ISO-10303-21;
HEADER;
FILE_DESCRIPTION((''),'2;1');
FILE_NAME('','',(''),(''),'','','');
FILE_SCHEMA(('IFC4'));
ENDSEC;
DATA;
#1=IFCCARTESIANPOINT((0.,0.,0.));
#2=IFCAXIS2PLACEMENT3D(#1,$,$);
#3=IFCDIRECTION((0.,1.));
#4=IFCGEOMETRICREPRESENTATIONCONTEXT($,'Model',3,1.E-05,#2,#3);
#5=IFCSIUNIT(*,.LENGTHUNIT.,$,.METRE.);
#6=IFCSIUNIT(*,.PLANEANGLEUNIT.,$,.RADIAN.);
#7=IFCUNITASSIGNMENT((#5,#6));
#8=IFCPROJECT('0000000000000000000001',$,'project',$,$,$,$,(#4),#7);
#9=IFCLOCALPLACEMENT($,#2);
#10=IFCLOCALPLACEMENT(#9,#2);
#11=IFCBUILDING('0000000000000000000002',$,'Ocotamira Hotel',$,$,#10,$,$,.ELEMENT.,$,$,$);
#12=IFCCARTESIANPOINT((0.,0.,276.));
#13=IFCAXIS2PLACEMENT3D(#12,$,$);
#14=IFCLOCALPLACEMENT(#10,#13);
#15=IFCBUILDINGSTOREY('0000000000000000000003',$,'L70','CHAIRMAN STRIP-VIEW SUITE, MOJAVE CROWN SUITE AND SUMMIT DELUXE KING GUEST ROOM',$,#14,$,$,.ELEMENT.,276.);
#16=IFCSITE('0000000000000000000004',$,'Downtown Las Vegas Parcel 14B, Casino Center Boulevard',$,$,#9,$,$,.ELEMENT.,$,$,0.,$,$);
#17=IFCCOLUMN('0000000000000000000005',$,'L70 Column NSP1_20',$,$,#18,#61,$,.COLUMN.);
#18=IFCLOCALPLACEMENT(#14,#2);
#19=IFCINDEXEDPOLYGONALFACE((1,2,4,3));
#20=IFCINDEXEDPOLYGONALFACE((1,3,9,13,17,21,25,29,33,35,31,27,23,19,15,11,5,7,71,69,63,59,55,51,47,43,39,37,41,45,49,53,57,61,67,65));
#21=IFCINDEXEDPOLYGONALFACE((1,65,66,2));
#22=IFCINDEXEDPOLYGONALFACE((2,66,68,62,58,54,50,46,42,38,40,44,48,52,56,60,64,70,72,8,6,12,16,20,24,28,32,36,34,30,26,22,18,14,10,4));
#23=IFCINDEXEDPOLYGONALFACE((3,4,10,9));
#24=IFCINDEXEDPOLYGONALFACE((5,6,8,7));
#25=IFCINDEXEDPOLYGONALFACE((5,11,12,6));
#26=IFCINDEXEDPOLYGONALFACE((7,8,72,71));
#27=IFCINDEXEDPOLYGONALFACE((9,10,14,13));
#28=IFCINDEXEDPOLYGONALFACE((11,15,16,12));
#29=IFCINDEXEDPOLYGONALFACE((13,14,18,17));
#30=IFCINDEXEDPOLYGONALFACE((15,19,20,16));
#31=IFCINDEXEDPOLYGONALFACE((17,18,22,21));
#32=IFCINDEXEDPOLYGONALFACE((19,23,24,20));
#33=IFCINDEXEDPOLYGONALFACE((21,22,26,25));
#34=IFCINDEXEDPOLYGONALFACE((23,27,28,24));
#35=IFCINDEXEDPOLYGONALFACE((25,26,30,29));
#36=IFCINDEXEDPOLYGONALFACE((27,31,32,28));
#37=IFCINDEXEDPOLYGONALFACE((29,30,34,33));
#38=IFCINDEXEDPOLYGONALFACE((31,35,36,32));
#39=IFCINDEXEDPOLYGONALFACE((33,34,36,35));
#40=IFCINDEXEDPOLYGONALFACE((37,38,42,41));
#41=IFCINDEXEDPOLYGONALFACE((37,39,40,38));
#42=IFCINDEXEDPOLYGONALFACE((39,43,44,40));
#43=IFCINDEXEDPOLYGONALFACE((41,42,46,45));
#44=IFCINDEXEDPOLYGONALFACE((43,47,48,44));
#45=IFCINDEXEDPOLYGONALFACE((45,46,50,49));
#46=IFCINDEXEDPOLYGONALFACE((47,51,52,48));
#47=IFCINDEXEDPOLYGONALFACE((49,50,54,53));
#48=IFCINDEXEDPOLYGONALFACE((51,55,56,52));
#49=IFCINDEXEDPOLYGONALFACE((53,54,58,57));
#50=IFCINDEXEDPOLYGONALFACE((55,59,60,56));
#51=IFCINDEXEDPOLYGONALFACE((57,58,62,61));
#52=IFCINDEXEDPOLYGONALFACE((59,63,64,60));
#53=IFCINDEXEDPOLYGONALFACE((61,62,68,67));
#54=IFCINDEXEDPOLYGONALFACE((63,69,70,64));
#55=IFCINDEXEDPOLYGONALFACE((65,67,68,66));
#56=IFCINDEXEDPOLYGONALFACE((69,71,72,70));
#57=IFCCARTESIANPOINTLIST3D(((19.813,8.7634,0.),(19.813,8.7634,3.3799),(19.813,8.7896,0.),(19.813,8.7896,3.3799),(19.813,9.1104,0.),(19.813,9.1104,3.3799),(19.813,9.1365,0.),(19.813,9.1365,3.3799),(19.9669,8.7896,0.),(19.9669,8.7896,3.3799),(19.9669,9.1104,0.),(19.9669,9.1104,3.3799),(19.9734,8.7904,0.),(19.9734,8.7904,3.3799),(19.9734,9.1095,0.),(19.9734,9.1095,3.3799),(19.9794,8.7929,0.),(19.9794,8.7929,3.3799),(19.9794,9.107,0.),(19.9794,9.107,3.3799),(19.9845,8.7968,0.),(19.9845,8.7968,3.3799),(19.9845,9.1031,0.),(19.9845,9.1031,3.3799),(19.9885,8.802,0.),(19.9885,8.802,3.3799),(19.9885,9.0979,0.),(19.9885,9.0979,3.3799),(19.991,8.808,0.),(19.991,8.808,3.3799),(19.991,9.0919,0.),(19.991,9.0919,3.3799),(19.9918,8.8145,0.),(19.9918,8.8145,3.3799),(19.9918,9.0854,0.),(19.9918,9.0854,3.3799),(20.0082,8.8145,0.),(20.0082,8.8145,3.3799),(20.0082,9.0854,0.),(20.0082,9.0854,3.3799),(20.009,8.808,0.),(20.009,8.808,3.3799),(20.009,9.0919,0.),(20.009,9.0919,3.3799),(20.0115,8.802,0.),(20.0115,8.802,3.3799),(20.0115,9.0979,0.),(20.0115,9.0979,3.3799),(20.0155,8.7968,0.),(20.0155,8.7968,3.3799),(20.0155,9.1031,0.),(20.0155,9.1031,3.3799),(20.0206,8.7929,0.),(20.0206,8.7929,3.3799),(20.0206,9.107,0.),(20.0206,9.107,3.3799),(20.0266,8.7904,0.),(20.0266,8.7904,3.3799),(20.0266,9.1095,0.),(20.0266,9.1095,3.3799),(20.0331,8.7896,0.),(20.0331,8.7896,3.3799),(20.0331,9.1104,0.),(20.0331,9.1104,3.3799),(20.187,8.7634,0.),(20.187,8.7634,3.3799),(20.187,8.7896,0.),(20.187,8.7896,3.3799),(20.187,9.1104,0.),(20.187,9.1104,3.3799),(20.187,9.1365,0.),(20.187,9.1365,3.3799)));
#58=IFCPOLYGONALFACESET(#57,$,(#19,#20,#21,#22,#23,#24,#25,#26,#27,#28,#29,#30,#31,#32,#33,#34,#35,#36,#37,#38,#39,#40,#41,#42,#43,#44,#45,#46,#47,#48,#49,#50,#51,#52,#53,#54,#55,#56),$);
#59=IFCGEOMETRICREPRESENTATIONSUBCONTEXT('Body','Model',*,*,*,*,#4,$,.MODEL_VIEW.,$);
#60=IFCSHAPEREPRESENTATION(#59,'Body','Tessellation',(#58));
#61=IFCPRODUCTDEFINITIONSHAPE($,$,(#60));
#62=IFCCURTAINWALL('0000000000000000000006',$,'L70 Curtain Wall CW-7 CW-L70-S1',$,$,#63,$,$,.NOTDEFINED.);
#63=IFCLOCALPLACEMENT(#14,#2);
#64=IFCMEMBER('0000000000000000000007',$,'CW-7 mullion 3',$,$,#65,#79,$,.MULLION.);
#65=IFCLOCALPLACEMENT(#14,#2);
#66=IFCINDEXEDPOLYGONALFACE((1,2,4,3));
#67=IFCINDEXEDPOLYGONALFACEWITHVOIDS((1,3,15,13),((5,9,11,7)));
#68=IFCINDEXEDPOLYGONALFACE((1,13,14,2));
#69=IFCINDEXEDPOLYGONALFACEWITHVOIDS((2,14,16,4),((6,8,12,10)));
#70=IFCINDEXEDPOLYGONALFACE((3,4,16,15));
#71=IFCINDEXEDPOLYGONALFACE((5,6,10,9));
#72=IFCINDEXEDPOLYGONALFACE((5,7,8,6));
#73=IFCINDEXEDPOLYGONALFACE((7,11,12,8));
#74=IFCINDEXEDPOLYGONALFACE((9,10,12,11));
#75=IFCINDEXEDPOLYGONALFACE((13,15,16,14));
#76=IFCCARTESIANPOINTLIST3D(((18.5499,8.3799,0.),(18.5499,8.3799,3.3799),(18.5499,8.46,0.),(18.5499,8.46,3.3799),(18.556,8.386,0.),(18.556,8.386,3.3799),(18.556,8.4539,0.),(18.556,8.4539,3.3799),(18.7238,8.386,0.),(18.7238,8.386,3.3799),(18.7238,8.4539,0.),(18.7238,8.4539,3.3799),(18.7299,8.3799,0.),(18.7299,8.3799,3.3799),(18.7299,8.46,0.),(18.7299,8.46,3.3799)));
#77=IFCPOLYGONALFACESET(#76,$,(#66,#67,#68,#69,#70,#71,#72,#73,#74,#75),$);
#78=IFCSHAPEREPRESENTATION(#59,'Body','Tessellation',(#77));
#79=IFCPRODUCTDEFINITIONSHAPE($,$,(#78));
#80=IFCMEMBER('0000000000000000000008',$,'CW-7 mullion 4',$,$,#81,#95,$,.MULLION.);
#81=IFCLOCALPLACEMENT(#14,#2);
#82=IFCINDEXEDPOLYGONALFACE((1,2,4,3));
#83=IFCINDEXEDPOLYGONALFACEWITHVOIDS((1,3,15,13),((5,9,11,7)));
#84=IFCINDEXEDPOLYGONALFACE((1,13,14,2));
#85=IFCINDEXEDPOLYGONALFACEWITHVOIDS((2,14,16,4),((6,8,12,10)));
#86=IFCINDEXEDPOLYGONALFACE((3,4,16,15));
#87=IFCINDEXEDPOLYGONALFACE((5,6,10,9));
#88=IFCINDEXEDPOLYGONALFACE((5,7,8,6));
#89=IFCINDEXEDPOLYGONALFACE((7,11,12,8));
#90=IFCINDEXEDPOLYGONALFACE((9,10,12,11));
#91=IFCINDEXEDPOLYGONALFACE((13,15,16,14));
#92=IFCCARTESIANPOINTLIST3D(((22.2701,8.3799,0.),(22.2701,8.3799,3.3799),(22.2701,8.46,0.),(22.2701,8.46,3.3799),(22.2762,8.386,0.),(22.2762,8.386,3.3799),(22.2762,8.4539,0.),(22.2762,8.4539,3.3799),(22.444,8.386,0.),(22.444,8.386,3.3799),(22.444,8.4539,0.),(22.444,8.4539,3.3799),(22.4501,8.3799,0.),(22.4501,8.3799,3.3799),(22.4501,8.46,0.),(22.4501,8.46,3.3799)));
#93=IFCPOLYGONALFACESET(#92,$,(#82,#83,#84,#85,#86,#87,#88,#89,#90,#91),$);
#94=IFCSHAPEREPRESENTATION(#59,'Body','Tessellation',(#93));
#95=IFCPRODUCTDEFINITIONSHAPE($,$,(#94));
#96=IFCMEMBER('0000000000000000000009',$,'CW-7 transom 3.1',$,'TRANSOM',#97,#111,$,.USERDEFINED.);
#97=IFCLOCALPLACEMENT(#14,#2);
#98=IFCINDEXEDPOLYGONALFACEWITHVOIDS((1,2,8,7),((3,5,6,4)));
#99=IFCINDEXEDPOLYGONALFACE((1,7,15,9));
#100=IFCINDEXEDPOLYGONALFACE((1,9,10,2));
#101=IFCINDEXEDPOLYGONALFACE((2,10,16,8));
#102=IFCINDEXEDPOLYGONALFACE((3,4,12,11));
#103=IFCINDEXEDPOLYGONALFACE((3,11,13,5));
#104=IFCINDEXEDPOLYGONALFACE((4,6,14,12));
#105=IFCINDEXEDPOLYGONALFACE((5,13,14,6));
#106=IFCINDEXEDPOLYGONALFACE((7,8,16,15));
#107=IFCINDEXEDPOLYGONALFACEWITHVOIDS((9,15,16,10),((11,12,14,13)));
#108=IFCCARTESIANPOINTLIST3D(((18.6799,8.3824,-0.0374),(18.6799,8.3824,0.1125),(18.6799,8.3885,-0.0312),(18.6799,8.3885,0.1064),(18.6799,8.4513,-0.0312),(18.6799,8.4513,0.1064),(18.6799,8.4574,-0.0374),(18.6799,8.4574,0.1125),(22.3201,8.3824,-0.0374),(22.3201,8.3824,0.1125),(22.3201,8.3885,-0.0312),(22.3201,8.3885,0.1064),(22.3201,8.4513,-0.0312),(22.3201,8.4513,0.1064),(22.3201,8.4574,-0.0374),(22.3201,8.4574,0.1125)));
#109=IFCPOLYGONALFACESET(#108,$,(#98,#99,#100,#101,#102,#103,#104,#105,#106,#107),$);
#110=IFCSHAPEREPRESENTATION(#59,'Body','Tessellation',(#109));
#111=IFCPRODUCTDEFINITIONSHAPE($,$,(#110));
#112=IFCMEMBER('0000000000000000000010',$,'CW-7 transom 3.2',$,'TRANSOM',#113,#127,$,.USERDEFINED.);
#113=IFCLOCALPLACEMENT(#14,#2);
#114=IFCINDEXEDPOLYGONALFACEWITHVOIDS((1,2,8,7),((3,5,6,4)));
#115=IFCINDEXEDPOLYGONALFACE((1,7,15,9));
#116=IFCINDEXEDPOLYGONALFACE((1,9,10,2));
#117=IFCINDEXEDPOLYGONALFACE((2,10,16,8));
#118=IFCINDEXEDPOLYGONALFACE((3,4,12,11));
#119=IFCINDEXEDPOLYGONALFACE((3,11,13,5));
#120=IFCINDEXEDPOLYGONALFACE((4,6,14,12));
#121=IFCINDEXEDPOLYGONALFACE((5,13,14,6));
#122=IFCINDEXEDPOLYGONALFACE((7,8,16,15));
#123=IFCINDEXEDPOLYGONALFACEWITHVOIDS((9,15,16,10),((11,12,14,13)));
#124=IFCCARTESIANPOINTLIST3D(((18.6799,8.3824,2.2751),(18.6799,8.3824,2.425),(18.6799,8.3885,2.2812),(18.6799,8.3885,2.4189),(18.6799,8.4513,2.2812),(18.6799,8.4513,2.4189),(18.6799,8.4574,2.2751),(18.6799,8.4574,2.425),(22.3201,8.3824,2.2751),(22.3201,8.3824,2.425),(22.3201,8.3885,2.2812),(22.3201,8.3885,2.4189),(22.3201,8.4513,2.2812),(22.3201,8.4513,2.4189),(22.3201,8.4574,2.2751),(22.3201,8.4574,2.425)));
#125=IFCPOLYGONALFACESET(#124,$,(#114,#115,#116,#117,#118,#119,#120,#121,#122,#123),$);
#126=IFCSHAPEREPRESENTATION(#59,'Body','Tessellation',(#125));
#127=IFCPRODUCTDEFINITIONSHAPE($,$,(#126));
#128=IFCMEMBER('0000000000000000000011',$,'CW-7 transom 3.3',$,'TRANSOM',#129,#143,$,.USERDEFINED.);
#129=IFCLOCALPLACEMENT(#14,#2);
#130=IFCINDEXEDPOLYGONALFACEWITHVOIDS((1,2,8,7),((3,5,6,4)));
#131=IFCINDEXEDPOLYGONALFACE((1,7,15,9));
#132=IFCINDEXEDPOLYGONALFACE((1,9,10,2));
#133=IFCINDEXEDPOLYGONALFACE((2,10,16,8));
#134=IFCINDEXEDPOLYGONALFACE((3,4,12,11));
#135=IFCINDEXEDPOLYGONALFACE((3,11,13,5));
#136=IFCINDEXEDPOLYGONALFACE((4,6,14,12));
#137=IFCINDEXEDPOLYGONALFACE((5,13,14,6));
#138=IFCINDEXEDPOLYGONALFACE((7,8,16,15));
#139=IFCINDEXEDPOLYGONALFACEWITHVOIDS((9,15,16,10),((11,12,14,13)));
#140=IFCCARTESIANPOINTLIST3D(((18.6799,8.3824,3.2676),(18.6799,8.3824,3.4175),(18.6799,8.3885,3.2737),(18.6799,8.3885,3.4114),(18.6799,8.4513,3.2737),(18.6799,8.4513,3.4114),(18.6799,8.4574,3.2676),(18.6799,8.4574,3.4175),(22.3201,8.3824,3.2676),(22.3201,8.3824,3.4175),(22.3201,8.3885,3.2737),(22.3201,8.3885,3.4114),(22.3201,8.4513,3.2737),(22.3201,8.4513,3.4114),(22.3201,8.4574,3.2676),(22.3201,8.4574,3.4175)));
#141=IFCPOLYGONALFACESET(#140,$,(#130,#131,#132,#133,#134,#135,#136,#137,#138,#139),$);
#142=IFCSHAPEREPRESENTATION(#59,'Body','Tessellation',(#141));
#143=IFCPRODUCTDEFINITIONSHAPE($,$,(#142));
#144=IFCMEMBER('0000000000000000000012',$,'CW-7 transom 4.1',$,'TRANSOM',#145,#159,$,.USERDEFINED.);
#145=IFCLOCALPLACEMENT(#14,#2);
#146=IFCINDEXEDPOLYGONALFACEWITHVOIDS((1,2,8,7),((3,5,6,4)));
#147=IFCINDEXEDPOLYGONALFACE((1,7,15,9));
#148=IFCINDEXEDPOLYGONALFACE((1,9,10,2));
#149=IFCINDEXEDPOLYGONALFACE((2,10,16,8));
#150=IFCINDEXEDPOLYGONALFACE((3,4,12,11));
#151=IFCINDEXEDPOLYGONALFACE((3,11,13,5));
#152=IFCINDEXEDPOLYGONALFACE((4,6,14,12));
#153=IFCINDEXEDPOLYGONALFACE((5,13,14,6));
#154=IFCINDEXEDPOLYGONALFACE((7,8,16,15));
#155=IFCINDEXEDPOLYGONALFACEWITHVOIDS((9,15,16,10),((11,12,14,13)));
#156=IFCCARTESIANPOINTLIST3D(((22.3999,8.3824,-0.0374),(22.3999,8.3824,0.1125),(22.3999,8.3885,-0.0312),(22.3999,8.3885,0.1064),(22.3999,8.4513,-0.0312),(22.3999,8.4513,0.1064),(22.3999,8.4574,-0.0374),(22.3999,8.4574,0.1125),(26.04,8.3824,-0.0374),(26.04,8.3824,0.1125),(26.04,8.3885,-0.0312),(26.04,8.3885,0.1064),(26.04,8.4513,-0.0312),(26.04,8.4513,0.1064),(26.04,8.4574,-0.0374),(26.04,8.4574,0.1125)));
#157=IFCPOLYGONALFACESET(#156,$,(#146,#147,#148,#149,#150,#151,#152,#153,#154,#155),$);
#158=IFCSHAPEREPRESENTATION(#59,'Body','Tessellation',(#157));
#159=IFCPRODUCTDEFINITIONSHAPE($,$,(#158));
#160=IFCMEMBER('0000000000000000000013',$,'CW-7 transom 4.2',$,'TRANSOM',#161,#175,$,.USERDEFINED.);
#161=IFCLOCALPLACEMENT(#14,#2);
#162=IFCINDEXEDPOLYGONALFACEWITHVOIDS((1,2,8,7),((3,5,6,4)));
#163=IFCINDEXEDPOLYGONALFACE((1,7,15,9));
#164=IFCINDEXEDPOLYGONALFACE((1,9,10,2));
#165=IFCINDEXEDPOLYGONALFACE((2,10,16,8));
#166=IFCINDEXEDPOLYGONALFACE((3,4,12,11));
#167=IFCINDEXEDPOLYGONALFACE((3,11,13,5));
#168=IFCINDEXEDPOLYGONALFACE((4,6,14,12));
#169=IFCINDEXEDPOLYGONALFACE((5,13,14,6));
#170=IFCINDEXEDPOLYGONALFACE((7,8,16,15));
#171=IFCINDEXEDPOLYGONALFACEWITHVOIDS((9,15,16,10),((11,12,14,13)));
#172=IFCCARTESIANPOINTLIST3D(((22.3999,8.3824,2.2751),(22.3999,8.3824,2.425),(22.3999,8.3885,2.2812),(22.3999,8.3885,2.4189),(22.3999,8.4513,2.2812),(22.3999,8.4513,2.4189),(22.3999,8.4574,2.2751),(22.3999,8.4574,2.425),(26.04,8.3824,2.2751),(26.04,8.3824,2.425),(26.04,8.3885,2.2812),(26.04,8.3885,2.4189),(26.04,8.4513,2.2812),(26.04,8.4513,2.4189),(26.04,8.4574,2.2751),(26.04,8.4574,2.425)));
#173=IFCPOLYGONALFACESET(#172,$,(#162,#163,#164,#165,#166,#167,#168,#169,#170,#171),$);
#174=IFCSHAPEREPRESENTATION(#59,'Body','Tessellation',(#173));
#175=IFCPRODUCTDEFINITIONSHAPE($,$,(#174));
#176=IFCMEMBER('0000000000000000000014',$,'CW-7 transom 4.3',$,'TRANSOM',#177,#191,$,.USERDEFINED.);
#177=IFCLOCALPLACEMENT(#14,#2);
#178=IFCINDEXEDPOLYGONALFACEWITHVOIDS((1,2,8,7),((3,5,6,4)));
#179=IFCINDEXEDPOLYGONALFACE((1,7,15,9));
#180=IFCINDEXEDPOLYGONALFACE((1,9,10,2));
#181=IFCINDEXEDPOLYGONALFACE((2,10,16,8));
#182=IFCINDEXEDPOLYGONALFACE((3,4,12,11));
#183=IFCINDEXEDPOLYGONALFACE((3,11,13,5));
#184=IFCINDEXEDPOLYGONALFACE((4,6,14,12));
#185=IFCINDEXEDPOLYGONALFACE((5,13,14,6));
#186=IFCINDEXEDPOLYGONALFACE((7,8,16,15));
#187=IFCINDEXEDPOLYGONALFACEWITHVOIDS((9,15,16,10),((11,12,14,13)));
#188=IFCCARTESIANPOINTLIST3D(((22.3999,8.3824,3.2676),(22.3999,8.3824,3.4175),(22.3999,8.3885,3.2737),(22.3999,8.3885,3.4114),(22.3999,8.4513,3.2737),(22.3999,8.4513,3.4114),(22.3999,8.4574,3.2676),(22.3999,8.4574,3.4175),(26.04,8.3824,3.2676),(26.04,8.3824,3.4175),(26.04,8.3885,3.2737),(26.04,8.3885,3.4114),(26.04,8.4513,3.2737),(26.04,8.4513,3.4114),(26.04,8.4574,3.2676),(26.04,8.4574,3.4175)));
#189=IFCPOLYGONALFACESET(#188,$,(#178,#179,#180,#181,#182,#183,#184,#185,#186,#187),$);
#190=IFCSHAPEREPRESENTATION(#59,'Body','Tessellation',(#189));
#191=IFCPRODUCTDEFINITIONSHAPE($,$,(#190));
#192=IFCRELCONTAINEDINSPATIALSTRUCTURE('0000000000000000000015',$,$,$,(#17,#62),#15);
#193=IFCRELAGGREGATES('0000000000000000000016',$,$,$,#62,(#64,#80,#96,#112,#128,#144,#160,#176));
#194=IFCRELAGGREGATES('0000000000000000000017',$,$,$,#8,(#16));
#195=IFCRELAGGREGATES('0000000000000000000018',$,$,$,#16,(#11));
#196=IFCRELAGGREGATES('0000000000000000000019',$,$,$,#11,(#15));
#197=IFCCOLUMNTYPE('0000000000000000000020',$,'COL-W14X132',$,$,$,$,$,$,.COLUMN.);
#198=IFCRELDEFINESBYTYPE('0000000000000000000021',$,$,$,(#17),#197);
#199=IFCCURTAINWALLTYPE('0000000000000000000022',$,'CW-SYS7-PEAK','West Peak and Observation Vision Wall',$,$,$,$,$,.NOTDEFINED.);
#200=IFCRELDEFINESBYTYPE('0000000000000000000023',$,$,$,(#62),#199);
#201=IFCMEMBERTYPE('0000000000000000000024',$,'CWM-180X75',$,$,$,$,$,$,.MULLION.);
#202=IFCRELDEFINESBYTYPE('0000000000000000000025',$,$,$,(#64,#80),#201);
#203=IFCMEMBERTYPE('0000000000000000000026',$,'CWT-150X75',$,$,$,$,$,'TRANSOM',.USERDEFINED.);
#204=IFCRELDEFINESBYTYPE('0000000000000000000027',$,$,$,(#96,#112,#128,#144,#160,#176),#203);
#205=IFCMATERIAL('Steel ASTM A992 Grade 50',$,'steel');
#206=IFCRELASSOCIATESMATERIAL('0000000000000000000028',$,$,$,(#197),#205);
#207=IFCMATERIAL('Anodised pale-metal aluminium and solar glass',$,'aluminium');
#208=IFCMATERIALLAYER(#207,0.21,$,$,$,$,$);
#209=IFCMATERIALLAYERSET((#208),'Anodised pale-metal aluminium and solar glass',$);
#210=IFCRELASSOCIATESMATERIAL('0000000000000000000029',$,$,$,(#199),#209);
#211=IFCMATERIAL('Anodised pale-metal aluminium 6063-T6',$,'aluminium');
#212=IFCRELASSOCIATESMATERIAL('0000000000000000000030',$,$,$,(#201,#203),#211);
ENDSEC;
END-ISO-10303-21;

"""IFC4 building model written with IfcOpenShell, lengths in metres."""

from ifc_helpers import new_model, si_unit, direction, frame, origin, origin_2d, place, context, subcontext, project, spatial, hollow_rectangle, i_section, extrude, source, transform, mapped, material, layer, layer_set, material_profile, profile_set, type_object, element, aggregate, save


model = new_model("IFC4")

# Units and contexts
model_context = context("Model", 3, precision=1e-05, world=origin(), true_north=direction((0.0, 1.0)))
body_context = subcontext(model_context, "Body", "Model", "MODEL_VIEW")
ifc_project = project(units=[si_unit("LENGTHUNIT", "METRE"), si_unit("PLANEANGLEUNIT", "RADIAN")], contexts=[model_context])

# Site, building, storey
site_placement = place(None, origin())
site = spatial("IfcSite", under=ifc_project, at=site_placement, Name="Downtown Las Vegas Parcel 14B, Casino Center Boulevard", CompositionType="ELEMENT", RefElevation=0.0)
building_placement = place(site_placement, origin())
building = spatial("IfcBuilding", under=site, at=building_placement, Name="Ocotamira Hotel", CompositionType="ELEMENT")
storey_placement = place(building_placement, frame((0.0, 0.0, 276.0)))
storey = spatial("IfcBuildingStorey", under=building, at=storey_placement, Name="L70", Description="CHAIRMAN STRIP-VIEW SUITE, MOJAVE CROWN SUITE AND SUMMIT DELUXE KING GUEST ROOM", CompositionType="ELEMENT", Elevation=276.0)

# Column
ifc_material_1 = material(Name="Steel ASTM A992 Grade 50", Category="steel")
ifc_material_profile_1 = material_profile(ifc_material_1, i_section(OverallWidth=0.374, OverallDepth=0.373, WebThickness=0.0164, FlangeThickness=0.0261, FilletRadius=0.0249, at=origin_2d()), Name="W14X132")
ifc_profile_set_1 = profile_set([ifc_material_profile_1], Name="Steel ASTM A992 Grade 50")
column_type = type_object("IfcColumnType", Name="COL-W14X132", PredefinedType="COLUMN", material=ifc_profile_set_1)
shared_shape_1 = source(origin(), body_context, "Body", "SweptSolid", [
    extrude(i_section(OverallWidth=0.374, OverallDepth=0.373, WebThickness=0.0164, FlangeThickness=0.0261, FilletRadius=0.0249, at=origin_2d()), origin(), (0.0, 0.0, 1.0), 3.3799),
])
column_placement = place(storey_placement, frame((20.0, 8.95, 0.0), z_axis=(0.0, 0.0, 1.0), x_axis=(1.0, 0.0, 0.0)))
element("IfcColumn", 1, at=column_placement, inside=storey, type_object=column_type, Name="L70 Column NSP1_20", PredefinedType="COLUMN", context=body_context, shape_type="MappedRepresentation", body=[
    mapped(shared_shape_1, transform((0.0, 0.0, 0.0), scale=1.0)),
])

# Curtain wall, members
ifc_material_2 = material(Name="Anodised pale-metal aluminium and solar glass", Category="aluminium")
ifc_layer_1 = layer(ifc_material_2, 0.21)
ifc_layer_set_1 = layer_set([ifc_layer_1], Name="Anodised pale-metal aluminium and solar glass")
curtain_wall_type = type_object("IfcCurtainWallType", Name="CW-SYS7-PEAK", Description="West Peak and Observation Vision Wall", PredefinedType="NOTDEFINED", material=ifc_layer_set_1)
curtain_wall_placement = place(storey_placement, origin())
curtain_wall = element("IfcCurtainWall", 2, at=curtain_wall_placement, inside=storey, type_object=curtain_wall_type, Name="L70 Curtain Wall CW-7 CW-L70-S1", PredefinedType="NOTDEFINED")
ifc_material_3 = material(Name="Anodised pale-metal aluminium 6063-T6", Category="aluminium")
ifc_material_profile_2 = material_profile(ifc_material_3, hollow_rectangle(XDim=0.0801, YDim=0.1799, WallThickness=0.0061, at=origin_2d()), Name="HSS180X80X6")
ifc_profile_set_2 = profile_set([ifc_material_profile_2], Name="Anodised pale-metal aluminium 6063-T6")
member_type_1 = type_object("IfcMemberType", Name="CWM-180X75", PredefinedType="MULLION", material=ifc_profile_set_2)
shared_shape_2 = source(origin(), body_context, "Body", "SweptSolid", [
    extrude(hollow_rectangle(XDim=0.0801, YDim=0.1799, WallThickness=0.0061, at=origin_2d()), origin(), (0.0, 0.0, 1.0), 3.3799),
])
member_1_placement = place(storey_placement, frame((18.6399, 8.4199, 0.0), z_axis=(0.0, 0.0, 1.0), x_axis=(0.0, 1.0, 0.0)))
member_1 = element("IfcMember", 3, at=member_1_placement, type_object=member_type_1, Name="CW-7 mullion 3", PredefinedType="MULLION", context=body_context, shape_type="MappedRepresentation", body=[
    mapped(shared_shape_2, transform((0.0, 0.0, 0.0), scale=1.0)),
])
member_2_placement = place(storey_placement, frame((22.3601, 8.4199, 0.0), z_axis=(0.0, 0.0, 1.0), x_axis=(0.0, 1.0, 0.0)))
member_2 = element("IfcMember", 4, at=member_2_placement, type_object=member_type_1, Name="CW-7 mullion 4", PredefinedType="MULLION", context=body_context, shape_type="MappedRepresentation", body=[
    mapped(shared_shape_2, transform((0.0, 0.0, 0.0), scale=1.0)),
])
ifc_material_profile_3 = material_profile(ifc_material_3, hollow_rectangle(XDim=0.075, YDim=0.1499, WallThickness=0.0061, at=origin_2d()), Name="HSS150X75X6")
ifc_profile_set_3 = profile_set([ifc_material_profile_3], Name="Anodised pale-metal aluminium 6063-T6")
member_type_2 = type_object("IfcMemberType", Name="CWT-150X75", ElementType="TRANSOM", PredefinedType="USERDEFINED", material=ifc_profile_set_3)
shared_shape_3 = source(origin(), body_context, "Body", "SweptSolid", [
    extrude(hollow_rectangle(XDim=0.075, YDim=0.1499, WallThickness=0.0061, at=origin_2d()), origin(), (0.0, 0.0, 1.0), 3.6401),
])
member_3_placement = place(storey_placement, frame((18.6799, 8.4199, 0.0376), z_axis=(1.0, 0.0, 0.0), x_axis=(0.0, 1.0, 0.0)))
member_3 = element("IfcMember", 5, at=member_3_placement, type_object=member_type_2, Name="CW-7 transom 3.1", ObjectType="TRANSOM", PredefinedType="USERDEFINED", context=body_context, shape_type="MappedRepresentation", body=[
    mapped(shared_shape_3, transform((0.0, 0.0, 0.0), scale=1.0)),
])
member_4_placement = place(storey_placement, frame((18.6799, 8.4199, 2.3501), z_axis=(1.0, 0.0, 0.0), x_axis=(0.0, 1.0, 0.0)))
member_4 = element("IfcMember", 6, at=member_4_placement, type_object=member_type_2, Name="CW-7 transom 3.2", ObjectType="TRANSOM", PredefinedType="USERDEFINED", context=body_context, shape_type="MappedRepresentation", body=[
    mapped(shared_shape_3, transform((0.0, 0.0, 0.0), scale=1.0)),
])
member_5_placement = place(storey_placement, frame((18.6799, 8.4199, 3.3425), z_axis=(1.0, 0.0, 0.0), x_axis=(0.0, 1.0, 0.0)))
member_5 = element("IfcMember", 7, at=member_5_placement, type_object=member_type_2, Name="CW-7 transom 3.3", ObjectType="TRANSOM", PredefinedType="USERDEFINED", context=body_context, shape_type="MappedRepresentation", body=[
    mapped(shared_shape_3, transform((0.0, 0.0, 0.0), scale=1.0)),
])
member_6_placement = place(storey_placement, frame((22.3999, 8.4199, 0.0376), z_axis=(1.0, 0.0, 0.0), x_axis=(0.0, 1.0, 0.0)))
member_6 = element("IfcMember", 8, at=member_6_placement, type_object=member_type_2, Name="CW-7 transom 4.1", ObjectType="TRANSOM", PredefinedType="USERDEFINED", context=body_context, shape_type="MappedRepresentation", body=[
    mapped(shared_shape_3, transform((0.0, 0.0, 0.0), scale=1.0)),
])
member_7_placement = place(storey_placement, frame((22.3999, 8.4199, 2.3501), z_axis=(1.0, 0.0, 0.0), x_axis=(0.0, 1.0, 0.0)))
member_7 = element("IfcMember", 9, at=member_7_placement, type_object=member_type_2, Name="CW-7 transom 4.2", ObjectType="TRANSOM", PredefinedType="USERDEFINED", context=body_context, shape_type="MappedRepresentation", body=[
    mapped(shared_shape_3, transform((0.0, 0.0, 0.0), scale=1.0)),
])
member_8_placement = place(storey_placement, frame((22.3999, 8.4199, 3.3425), z_axis=(1.0, 0.0, 0.0), x_axis=(0.0, 1.0, 0.0)))
member_8 = element("IfcMember", 10, at=member_8_placement, type_object=member_type_2, Name="CW-7 transom 4.3", ObjectType="TRANSOM", PredefinedType="USERDEFINED", context=body_context, shape_type="MappedRepresentation", body=[
    mapped(shared_shape_3, transform((0.0, 0.0, 0.0), scale=1.0)),
])
aggregate(curtain_wall, [member_1, member_2, member_3, member_4, member_5, member_6, member_7, member_8])

save(model, "model.ifc")
